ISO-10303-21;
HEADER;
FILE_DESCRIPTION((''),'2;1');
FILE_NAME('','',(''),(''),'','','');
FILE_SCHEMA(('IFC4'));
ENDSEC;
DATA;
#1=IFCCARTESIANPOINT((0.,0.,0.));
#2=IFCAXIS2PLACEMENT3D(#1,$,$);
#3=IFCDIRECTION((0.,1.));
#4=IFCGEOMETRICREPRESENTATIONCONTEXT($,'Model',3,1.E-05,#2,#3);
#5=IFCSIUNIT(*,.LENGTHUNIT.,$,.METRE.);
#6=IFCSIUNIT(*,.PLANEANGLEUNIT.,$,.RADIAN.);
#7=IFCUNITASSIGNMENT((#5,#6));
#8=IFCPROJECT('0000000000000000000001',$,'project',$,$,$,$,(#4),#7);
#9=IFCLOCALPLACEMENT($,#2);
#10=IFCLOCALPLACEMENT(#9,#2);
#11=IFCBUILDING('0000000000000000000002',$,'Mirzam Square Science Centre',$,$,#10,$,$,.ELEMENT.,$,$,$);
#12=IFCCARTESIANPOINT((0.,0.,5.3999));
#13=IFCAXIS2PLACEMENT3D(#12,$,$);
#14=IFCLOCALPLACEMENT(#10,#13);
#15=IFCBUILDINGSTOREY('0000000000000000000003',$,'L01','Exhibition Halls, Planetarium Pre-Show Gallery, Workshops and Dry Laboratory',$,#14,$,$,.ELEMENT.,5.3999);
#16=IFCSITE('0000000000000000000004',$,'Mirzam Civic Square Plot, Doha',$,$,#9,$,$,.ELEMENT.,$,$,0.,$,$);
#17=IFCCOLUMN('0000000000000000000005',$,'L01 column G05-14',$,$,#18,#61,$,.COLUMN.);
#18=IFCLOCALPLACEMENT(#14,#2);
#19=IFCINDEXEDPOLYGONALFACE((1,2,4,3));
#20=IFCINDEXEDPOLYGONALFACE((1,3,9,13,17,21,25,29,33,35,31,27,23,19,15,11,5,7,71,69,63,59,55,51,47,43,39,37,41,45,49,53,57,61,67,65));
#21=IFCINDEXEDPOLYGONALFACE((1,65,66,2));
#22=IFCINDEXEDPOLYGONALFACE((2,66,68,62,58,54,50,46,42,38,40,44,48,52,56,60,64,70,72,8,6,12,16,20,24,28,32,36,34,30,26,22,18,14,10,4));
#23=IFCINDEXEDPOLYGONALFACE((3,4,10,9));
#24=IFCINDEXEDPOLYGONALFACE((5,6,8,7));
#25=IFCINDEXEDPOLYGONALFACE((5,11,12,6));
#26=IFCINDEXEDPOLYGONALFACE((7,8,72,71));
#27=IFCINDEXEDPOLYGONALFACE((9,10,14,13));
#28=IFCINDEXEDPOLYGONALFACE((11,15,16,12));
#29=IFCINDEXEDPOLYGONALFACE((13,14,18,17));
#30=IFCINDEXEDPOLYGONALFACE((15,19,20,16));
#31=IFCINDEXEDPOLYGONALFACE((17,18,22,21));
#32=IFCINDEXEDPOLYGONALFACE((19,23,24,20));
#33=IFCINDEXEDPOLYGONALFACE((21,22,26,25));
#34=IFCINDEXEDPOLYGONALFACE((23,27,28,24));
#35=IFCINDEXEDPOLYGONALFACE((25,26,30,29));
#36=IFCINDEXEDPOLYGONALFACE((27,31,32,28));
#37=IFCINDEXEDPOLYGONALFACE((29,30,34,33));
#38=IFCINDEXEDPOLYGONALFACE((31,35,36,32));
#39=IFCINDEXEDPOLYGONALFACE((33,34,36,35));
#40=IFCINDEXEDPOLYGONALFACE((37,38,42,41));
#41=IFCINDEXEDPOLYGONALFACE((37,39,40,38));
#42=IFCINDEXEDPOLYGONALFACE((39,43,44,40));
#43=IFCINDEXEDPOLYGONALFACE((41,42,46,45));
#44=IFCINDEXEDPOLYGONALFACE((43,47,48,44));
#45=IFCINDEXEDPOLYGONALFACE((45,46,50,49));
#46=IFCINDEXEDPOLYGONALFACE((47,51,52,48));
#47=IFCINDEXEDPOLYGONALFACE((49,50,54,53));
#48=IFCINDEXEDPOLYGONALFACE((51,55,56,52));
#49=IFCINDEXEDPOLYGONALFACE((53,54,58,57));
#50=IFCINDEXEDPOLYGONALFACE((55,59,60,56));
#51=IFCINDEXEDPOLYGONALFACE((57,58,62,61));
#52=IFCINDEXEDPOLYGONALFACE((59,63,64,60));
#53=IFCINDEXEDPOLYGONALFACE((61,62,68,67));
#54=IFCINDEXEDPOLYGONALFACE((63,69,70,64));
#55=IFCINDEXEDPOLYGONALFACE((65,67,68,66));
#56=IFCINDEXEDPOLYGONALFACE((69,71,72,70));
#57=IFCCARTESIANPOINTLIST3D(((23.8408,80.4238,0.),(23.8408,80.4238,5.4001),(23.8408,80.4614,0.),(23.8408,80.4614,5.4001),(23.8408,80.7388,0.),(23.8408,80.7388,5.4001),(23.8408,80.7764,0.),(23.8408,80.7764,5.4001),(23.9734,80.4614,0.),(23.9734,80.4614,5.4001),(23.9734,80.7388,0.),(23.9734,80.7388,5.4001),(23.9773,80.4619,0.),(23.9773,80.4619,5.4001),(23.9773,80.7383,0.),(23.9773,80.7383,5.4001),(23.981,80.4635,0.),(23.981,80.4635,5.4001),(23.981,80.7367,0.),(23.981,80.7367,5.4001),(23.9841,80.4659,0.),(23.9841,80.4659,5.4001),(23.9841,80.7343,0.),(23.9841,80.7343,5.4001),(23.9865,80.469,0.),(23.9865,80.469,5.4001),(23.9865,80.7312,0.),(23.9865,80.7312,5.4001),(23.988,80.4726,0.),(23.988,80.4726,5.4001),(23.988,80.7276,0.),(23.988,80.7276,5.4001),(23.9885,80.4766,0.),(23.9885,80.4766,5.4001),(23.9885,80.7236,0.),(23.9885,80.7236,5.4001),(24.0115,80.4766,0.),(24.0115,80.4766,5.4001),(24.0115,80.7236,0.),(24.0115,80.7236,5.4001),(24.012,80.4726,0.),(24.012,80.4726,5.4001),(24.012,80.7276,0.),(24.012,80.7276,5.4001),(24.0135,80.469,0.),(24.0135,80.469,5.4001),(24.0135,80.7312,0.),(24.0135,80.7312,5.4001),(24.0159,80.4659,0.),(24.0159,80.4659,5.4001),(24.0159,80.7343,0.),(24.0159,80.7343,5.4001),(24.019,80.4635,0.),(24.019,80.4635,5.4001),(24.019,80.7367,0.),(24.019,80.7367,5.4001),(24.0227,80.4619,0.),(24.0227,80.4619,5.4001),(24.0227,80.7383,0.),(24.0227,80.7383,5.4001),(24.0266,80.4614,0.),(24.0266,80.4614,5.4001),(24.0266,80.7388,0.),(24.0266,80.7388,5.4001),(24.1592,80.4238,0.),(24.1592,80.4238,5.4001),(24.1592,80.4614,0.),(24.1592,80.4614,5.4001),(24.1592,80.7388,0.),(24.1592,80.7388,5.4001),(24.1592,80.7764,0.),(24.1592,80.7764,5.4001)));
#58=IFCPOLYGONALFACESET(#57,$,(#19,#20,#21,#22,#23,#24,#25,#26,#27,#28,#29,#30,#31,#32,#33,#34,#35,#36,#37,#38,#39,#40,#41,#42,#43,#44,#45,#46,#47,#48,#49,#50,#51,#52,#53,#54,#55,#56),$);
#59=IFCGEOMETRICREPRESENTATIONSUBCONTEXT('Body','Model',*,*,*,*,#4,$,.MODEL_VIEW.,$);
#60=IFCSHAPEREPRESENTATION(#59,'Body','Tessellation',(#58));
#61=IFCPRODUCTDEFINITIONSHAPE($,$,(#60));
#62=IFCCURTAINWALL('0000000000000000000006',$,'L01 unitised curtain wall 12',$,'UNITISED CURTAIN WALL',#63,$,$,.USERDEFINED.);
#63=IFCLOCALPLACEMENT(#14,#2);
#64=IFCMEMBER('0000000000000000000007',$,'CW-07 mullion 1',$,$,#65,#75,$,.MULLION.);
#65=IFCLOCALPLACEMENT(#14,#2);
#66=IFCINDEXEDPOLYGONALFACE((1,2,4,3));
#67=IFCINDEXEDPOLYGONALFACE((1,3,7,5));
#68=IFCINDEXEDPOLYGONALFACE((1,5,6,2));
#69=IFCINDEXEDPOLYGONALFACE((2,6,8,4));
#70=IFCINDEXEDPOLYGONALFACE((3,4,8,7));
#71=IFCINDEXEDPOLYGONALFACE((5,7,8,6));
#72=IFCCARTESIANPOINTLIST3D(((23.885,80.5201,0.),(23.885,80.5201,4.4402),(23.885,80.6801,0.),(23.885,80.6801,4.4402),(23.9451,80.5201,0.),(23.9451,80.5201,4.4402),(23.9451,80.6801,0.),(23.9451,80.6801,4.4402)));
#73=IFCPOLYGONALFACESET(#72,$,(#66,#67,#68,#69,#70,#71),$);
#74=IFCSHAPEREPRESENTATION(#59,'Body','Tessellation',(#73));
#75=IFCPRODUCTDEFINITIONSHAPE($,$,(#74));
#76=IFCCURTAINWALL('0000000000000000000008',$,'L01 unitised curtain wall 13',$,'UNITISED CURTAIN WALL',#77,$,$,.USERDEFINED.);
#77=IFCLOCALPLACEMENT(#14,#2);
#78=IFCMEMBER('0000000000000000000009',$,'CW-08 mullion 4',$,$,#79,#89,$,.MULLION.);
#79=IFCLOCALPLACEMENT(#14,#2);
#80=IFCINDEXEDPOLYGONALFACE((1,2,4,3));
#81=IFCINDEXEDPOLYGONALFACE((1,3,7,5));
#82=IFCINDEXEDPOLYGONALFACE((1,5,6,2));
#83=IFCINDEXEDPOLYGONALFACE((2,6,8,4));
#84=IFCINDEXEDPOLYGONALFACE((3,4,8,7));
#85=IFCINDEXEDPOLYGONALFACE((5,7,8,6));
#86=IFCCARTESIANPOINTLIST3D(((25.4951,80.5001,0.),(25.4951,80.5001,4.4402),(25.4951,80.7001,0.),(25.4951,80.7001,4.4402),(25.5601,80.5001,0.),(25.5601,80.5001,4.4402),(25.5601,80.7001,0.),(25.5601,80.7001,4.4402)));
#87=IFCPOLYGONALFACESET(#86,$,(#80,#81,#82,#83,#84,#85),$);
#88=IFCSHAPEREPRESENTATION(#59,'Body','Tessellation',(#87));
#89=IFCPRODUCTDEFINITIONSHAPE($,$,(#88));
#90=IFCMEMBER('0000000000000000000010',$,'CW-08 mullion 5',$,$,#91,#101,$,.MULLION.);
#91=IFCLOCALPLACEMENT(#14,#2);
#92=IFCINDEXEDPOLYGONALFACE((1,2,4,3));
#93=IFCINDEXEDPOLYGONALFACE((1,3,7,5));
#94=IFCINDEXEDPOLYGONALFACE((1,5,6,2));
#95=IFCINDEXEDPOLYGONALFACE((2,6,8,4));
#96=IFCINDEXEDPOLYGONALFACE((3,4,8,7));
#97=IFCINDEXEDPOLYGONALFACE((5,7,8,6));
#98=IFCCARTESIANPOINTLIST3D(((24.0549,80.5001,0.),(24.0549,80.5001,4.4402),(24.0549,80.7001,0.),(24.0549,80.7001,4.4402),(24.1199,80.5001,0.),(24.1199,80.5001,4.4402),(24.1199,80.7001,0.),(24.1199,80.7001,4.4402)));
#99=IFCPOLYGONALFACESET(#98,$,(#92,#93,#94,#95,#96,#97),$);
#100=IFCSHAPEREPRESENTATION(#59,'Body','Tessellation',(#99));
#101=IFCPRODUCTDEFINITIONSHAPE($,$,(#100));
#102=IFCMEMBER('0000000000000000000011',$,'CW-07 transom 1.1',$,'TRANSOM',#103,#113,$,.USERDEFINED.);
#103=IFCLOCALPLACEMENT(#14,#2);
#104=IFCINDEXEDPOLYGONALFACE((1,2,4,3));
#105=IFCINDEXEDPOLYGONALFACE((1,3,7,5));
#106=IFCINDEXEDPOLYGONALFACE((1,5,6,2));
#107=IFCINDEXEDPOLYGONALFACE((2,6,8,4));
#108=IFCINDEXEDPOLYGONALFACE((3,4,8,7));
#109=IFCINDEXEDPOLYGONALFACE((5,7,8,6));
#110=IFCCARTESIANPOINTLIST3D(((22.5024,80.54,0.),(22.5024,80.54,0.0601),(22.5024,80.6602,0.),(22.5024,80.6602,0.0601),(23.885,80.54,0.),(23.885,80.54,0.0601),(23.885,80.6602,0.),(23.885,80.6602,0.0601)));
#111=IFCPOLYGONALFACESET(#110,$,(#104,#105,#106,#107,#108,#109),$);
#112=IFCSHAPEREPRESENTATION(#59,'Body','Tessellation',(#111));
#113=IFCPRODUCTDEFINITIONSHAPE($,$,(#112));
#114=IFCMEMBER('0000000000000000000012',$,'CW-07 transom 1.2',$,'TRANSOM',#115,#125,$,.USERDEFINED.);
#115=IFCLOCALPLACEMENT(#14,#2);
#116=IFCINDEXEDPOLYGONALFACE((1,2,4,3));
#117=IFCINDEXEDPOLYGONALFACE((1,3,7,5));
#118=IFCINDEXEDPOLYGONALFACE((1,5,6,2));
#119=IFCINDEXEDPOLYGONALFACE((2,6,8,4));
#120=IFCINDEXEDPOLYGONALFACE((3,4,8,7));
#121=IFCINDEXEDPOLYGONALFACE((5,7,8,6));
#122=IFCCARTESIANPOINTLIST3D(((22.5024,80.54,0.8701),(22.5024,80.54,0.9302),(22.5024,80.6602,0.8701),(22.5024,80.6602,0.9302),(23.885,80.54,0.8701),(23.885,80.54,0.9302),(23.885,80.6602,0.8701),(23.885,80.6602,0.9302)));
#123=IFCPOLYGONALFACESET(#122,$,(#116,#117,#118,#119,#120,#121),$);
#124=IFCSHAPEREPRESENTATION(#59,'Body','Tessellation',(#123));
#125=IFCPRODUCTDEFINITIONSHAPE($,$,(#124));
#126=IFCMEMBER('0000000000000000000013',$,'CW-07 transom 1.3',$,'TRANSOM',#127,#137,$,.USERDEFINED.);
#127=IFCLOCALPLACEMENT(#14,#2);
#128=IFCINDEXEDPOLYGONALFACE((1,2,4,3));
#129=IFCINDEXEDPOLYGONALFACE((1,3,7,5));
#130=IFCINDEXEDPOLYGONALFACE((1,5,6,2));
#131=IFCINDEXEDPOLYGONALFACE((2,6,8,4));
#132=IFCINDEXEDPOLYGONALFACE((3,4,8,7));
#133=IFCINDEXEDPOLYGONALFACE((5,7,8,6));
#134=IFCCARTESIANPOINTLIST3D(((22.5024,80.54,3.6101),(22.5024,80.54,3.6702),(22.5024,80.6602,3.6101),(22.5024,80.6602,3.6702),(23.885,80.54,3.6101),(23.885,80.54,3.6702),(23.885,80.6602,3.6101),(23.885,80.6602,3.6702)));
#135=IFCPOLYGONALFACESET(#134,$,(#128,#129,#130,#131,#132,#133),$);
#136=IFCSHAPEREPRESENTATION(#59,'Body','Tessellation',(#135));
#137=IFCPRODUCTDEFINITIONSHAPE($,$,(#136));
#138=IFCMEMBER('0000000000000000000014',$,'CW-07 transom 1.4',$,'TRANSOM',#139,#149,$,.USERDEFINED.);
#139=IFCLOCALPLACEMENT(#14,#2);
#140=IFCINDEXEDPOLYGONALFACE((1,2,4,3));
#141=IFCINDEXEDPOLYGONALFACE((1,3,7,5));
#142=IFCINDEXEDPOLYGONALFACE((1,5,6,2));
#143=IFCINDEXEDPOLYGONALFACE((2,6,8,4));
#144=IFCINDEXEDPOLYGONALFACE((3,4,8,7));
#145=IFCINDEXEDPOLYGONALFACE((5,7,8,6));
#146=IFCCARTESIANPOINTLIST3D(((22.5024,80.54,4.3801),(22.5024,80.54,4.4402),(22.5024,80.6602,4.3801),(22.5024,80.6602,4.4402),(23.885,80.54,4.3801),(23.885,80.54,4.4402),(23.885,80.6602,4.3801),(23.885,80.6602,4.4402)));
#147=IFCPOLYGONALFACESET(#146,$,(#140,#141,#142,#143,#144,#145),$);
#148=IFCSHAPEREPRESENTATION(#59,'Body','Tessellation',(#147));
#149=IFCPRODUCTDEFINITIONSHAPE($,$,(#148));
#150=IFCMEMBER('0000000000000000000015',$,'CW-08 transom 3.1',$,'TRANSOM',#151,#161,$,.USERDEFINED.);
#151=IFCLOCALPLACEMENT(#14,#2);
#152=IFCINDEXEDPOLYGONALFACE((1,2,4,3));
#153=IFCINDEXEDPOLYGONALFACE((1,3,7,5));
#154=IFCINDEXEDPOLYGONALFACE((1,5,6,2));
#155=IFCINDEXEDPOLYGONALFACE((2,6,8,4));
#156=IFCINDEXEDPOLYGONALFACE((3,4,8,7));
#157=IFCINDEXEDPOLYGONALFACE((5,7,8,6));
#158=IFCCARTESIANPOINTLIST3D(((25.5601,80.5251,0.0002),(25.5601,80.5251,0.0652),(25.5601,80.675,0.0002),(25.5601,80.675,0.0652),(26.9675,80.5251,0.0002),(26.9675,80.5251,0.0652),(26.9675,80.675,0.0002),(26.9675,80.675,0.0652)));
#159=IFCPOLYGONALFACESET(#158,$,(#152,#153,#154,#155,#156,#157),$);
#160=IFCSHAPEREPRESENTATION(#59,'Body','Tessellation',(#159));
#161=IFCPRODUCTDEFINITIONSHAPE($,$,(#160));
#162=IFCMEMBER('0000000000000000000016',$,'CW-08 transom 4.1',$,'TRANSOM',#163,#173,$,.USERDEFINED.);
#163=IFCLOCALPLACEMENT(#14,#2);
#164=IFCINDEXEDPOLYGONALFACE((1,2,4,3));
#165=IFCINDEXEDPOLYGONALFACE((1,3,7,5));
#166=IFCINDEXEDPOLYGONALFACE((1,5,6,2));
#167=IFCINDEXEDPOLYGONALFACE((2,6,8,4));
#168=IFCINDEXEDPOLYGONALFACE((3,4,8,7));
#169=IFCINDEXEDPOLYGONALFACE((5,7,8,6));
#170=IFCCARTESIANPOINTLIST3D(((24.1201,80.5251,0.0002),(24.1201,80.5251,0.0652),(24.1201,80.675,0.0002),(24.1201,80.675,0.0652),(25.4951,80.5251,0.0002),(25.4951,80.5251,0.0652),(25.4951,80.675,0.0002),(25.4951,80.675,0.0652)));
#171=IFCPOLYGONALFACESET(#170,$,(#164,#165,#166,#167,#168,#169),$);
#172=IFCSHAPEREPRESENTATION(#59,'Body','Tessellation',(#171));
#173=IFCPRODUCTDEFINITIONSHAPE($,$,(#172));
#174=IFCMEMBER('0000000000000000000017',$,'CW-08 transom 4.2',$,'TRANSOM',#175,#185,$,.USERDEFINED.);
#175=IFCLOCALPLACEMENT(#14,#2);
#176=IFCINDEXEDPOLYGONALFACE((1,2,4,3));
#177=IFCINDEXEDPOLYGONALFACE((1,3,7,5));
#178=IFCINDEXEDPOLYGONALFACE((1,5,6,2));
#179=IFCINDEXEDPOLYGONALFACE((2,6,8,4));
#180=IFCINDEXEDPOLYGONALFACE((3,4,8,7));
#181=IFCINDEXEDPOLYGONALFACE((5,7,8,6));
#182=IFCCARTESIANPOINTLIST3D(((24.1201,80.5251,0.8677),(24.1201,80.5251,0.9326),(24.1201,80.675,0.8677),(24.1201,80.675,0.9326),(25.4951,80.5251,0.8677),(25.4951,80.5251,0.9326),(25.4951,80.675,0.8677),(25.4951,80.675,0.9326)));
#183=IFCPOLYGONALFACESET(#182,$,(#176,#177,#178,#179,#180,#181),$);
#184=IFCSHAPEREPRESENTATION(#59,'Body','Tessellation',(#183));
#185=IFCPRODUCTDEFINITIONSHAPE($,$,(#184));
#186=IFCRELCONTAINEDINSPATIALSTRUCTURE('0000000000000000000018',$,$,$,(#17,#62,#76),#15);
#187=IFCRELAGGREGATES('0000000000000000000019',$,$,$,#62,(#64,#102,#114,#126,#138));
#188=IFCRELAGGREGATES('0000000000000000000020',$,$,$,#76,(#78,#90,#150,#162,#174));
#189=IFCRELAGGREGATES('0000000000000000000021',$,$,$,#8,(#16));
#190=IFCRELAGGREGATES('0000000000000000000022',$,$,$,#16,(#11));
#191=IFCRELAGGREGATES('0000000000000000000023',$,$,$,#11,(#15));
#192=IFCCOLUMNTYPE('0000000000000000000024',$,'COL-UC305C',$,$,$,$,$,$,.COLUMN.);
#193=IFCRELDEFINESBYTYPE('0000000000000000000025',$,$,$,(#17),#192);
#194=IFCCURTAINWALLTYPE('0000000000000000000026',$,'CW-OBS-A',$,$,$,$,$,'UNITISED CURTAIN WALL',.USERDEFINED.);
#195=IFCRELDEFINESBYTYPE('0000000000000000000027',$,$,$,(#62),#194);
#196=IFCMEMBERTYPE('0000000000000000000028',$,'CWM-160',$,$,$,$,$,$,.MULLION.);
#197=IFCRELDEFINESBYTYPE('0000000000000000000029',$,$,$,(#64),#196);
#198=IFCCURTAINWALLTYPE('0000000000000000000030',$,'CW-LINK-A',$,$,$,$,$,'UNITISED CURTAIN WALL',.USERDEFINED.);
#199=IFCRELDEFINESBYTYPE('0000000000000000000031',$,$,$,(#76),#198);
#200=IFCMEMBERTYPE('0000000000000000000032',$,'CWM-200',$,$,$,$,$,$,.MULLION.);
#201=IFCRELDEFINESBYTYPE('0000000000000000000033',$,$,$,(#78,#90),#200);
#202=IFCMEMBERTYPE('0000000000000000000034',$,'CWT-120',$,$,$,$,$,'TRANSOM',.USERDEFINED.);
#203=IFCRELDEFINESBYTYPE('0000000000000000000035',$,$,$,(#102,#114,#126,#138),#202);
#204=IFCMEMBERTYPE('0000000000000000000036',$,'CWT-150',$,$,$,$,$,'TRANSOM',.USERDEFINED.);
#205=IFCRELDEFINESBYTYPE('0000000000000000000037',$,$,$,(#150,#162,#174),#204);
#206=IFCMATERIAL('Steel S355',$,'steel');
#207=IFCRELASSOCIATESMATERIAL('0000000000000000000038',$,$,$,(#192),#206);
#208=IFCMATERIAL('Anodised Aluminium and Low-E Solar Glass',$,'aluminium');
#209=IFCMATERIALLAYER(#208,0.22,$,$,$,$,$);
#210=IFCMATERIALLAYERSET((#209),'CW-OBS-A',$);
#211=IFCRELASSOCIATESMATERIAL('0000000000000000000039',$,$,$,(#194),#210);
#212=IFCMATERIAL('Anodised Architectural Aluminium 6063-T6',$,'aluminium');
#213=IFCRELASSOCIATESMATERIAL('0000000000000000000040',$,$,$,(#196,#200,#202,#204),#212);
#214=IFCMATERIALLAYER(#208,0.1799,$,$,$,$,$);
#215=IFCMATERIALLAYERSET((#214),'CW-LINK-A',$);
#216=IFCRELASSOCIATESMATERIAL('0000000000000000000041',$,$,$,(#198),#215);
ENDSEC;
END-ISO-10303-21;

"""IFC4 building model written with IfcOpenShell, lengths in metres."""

from ifc_helpers import new_model, si_unit, direction, frame, origin, origin_2d, place, context, subcontext, project, spatial, rectangle, i_section, extrude, material, layer, layer_set, material_profile, profile_set, type_object, element, aggregate, save


model = new_model("IFC4")

# Units and contexts
model_context = context("Model", 3, precision=1e-05, world=origin(), true_north=direction((0.0, 1.0)))
body_context = subcontext(model_context, "Body", "Model", "MODEL_VIEW")
ifc_project = project(units=[si_unit("LENGTHUNIT", "METRE"), si_unit("PLANEANGLEUNIT", "RADIAN")], contexts=[model_context])

# Site, building, storey
site_placement = place(None, origin())
site = spatial("IfcSite", under=ifc_project, at=site_placement, Name="Mirzam Civic Square Plot, Doha", CompositionType="ELEMENT", RefElevation=0.0)
building_placement = place(site_placement, origin())
building = spatial("IfcBuilding", under=site, at=building_placement, Name="Mirzam Square Science Centre", CompositionType="ELEMENT")
storey_placement = place(building_placement, frame((0.0, 0.0, 5.3999)))
storey = spatial("IfcBuildingStorey", under=building, at=storey_placement, Name="L01", Description="Exhibition Halls, Planetarium Pre-Show Gallery, Workshops and Dry Laboratory", CompositionType="ELEMENT", Elevation=5.3999)

# Column
ifc_material_1 = material(Name="Steel S355", Category="steel")
ifc_material_profile_1 = material_profile(ifc_material_1, i_section(OverallWidth=0.3184, OverallDepth=0.3525, WebThickness=0.0229, FlangeThickness=0.0376, FilletRadius=0.0151, at=origin_2d()), Name="305x305x240UC")
ifc_profile_set_1 = profile_set([ifc_material_profile_1], Name="Steel S355")
column_type = type_object("IfcColumnType", Name="COL-UC305C", PredefinedType="COLUMN", material=ifc_profile_set_1)
column_placement = place(storey_placement, frame((24.0, 80.6001, 0.0), z_axis=(0.0, 0.0, 1.0), x_axis=(1.0, 0.0, 0.0)))
element("IfcColumn", 1, at=column_placement, inside=storey, type_object=column_type, Name="L01 column G05-14", PredefinedType="COLUMN", context=body_context, shape_type="SweptSolid", body=[
    extrude(i_section(OverallWidth=0.3184, OverallDepth=0.3525, WebThickness=0.0229, FlangeThickness=0.0376, FilletRadius=0.0151, at=origin_2d()), origin(), (0.0, 0.0, 1.0), 5.4001),
])

# Curtain wall, member
ifc_material_2 = material(Name="Anodised Aluminium and Low-E Solar Glass", Category="aluminium")
ifc_layer_1 = layer(ifc_material_2, 0.22)
ifc_layer_set_1 = layer_set([ifc_layer_1], Name="CW-OBS-A")
curtain_wall_type_1 = type_object("IfcCurtainWallType", Name="CW-OBS-A", ElementType="UNITISED CURTAIN WALL", PredefinedType="USERDEFINED", material=ifc_layer_set_1)
curtain_wall_1_placement = place(storey_placement, origin())
curtain_wall_1 = element("IfcCurtainWall", 2, at=curtain_wall_1_placement, inside=storey, type_object=curtain_wall_type_1, Name="L01 unitised curtain wall 12", ObjectType="UNITISED CURTAIN WALL", PredefinedType="USERDEFINED")
ifc_material_3 = material(Name="Anodised Architectural Aluminium 6063-T6", Category="aluminium")
ifc_material_profile_2 = material_profile(ifc_material_3, rectangle(XDim=0.0601, YDim=0.1599, at=origin_2d()), Name="ALU-MULL-160x60x4")
ifc_profile_set_2 = profile_set([ifc_material_profile_2], Name="Anodised Architectural Aluminium 6063-T6")
member_type_1 = type_object("IfcMemberType", Name="CWM-160", PredefinedType="MULLION", material=ifc_profile_set_2)
member_1_placement = place(storey_placement, frame((23.915, 80.6001, 0.0), z_axis=(0.0, 0.0, 1.0), x_axis=(-1.0, 0.0, 0.0)))
member_1 = element("IfcMember", 3, at=member_1_placement, type_object=member_type_1, Name="CW-07 mullion 1", PredefinedType="MULLION", context=body_context, shape_type="SweptSolid", body=[
    extrude(rectangle(XDim=0.0601, YDim=0.1599, at=origin_2d()), origin(), (0.0, 0.0, 1.0), 4.4402),
])

# Curtain wall, members
ifc_layer_2 = layer(ifc_material_2, 0.1799)
ifc_layer_set_2 = layer_set([ifc_layer_2], Name="CW-LINK-A")
curtain_wall_type_2 = type_object("IfcCurtainWallType", Name="CW-LINK-A", ElementType="UNITISED CURTAIN WALL", PredefinedType="USERDEFINED", material=ifc_layer_set_2)
curtain_wall_2_placement = place(storey_placement, origin())
curtain_wall_2 = element("IfcCurtainWall", 4, at=curtain_wall_2_placement, inside=storey, type_object=curtain_wall_type_2, Name="L01 unitised curtain wall 13", ObjectType="UNITISED CURTAIN WALL", PredefinedType="USERDEFINED")
ifc_material_profile_3 = material_profile(ifc_material_3, rectangle(XDim=0.0649, YDim=0.2, at=origin_2d()), Name="ALU-MULL-200x65x5")
ifc_profile_set_3 = profile_set([ifc_material_profile_3], Name="Anodised Architectural Aluminium 6063-T6")
member_type_2 = type_object("IfcMemberType", Name="CWM-200", PredefinedType="MULLION", material=ifc_profile_set_3)
member_2_placement = place(storey_placement, frame((25.5276, 80.6001, 0.0), z_axis=(0.0, 0.0, 1.0), x_axis=(-1.0, 0.0, 0.0)))
member_2 = element("IfcMember", 5, at=member_2_placement, type_object=member_type_2, Name="CW-08 mullion 4", PredefinedType="MULLION", context=body_context, shape_type="SweptSolid", body=[
    extrude(rectangle(XDim=0.0649, YDim=0.2, at=origin_2d()), origin(), (0.0, 0.0, 1.0), 4.4402),
])
member_3_placement = place(storey_placement, frame((24.0874, 80.6001, 0.0), z_axis=(0.0, 0.0, 1.0), x_axis=(-1.0, 0.0, 0.0)))
member_3 = element("IfcMember", 6, at=member_3_placement, type_object=member_type_2, Name="CW-08 mullion 5", PredefinedType="MULLION", context=body_context, shape_type="SweptSolid", body=[
    extrude(rectangle(XDim=0.0649, YDim=0.2, at=origin_2d()), origin(), (0.0, 0.0, 1.0), 4.4402),
])

# Members
ifc_material_profile_4 = material_profile(ifc_material_3, rectangle(XDim=0.1201, YDim=0.0601, at=origin_2d()), Name="ALU-TRAN-120x60x4")
ifc_profile_set_4 = profile_set([ifc_material_profile_4], Name="Anodised Architectural Aluminium 6063-T6")
member_type_3 = type_object("IfcMemberType", Name="CWT-120", ElementType="TRANSOM", PredefinedType="USERDEFINED", material=ifc_profile_set_4)
member_4_placement = place(storey_placement, frame((23.885, 80.6001, 0.03), z_axis=(-1.0, 0.0, 0.0), x_axis=(0.0, -1.0, 0.0)))
member_4 = element("IfcMember", 7, at=member_4_placement, type_object=member_type_3, Name="CW-07 transom 1.1", ObjectType="TRANSOM", PredefinedType="USERDEFINED", context=body_context, shape_type="SweptSolid", body=[
    extrude(rectangle(XDim=0.1201, YDim=0.0601, at=origin_2d()), origin(), (0.0, 0.0, 1.0), 1.3826),
])
member_5_placement = place(storey_placement, frame((23.885, 80.6001, 0.9001), z_axis=(-1.0, 0.0, 0.0), x_axis=(0.0, -1.0, 0.0)))
member_5 = element("IfcMember", 8, at=member_5_placement, type_object=member_type_3, Name="CW-07 transom 1.2", ObjectType="TRANSOM", PredefinedType="USERDEFINED", context=body_context, shape_type="SweptSolid", body=[
    extrude(rectangle(XDim=0.1201, YDim=0.0601, at=origin_2d()), origin(), (0.0, 0.0, 1.0), 1.3826),
])
member_6_placement = place(storey_placement, frame((23.885, 80.6001, 3.6401), z_axis=(-1.0, 0.0, 0.0), x_axis=(0.0, -1.0, 0.0)))
member_6 = element("IfcMember", 9, at=member_6_placement, type_object=member_type_3, Name="CW-07 transom 1.3", ObjectType="TRANSOM", PredefinedType="USERDEFINED", context=body_context, shape_type="SweptSolid", body=[
    extrude(rectangle(XDim=0.1201, YDim=0.0601, at=origin_2d()), origin(), (0.0, 0.0, 1.0), 1.3826),
])
member_7_placement = place(storey_placement, frame((23.885, 80.6001, 4.4102), z_axis=(-1.0, 0.0, 0.0), x_axis=(0.0, -1.0, 0.0)))
member_7 = element("IfcMember", 10, at=member_7_placement, type_object=member_type_3, Name="CW-07 transom 1.4", ObjectType="TRANSOM", PredefinedType="USERDEFINED", context=body_context, shape_type="SweptSolid", body=[
    extrude(rectangle(XDim=0.1201, YDim=0.0601, at=origin_2d()), origin(), (0.0, 0.0, 1.0), 1.3826),
])
ifc_material_profile_5 = material_profile(ifc_material_3, rectangle(XDim=0.1499, YDim=0.0649, at=origin_2d()), Name="ALU-TRAN-150x65x4")
ifc_profile_set_5 = profile_set([ifc_material_profile_5], Name="Anodised Architectural Aluminium 6063-T6")
member_type_4 = type_object("IfcMemberType", Name="CWT-150", ElementType="TRANSOM", PredefinedType="USERDEFINED", material=ifc_profile_set_5)
member_8_placement = place(storey_placement, frame((26.9675, 80.6001, 0.0327), z_axis=(-1.0, 0.0, 0.0), x_axis=(0.0, -1.0, 0.0)))
member_8 = element("IfcMember", 11, at=member_8_placement, type_object=member_type_4, Name="CW-08 transom 3.1", ObjectType="TRANSOM", PredefinedType="USERDEFINED", context=body_context, shape_type="SweptSolid", body=[
    extrude(rectangle(XDim=0.1499, YDim=0.0649, at=origin_2d()), origin(), (0.0, 0.0, 1.0), 1.4075),
])
member_9_placement = place(storey_placement, frame((25.4951, 80.6001, 0.0327), z_axis=(-1.0, 0.0, 0.0), x_axis=(0.0, -1.0, 0.0)))
member_9 = element("IfcMember", 12, at=member_9_placement, type_object=member_type_4, Name="CW-08 transom 4.1", ObjectType="TRANSOM", PredefinedType="USERDEFINED", context=body_context, shape_type="SweptSolid", body=[
    extrude(rectangle(XDim=0.1499, YDim=0.0649, at=origin_2d()), origin(), (0.0, 0.0, 1.0), 1.375),
])
member_10_placement = place(storey_placement, frame((25.4951, 80.6001, 0.9001), z_axis=(-1.0, 0.0, 0.0), x_axis=(0.0, -1.0, 0.0)))
member_10 = element("IfcMember", 13, at=member_10_placement, type_object=member_type_4, Name="CW-08 transom 4.2", ObjectType="TRANSOM", PredefinedType="USERDEFINED", context=body_context, shape_type="SweptSolid", body=[
    extrude(rectangle(XDim=0.1499, YDim=0.0649, at=origin_2d()), origin(), (0.0, 0.0, 1.0), 1.375),
])

aggregate(curtain_wall_1, [member_1, member_4, member_5, member_6, member_7])
aggregate(curtain_wall_2, [member_2, member_3, member_8, member_9, member_10])

save(model, "model.ifc")
